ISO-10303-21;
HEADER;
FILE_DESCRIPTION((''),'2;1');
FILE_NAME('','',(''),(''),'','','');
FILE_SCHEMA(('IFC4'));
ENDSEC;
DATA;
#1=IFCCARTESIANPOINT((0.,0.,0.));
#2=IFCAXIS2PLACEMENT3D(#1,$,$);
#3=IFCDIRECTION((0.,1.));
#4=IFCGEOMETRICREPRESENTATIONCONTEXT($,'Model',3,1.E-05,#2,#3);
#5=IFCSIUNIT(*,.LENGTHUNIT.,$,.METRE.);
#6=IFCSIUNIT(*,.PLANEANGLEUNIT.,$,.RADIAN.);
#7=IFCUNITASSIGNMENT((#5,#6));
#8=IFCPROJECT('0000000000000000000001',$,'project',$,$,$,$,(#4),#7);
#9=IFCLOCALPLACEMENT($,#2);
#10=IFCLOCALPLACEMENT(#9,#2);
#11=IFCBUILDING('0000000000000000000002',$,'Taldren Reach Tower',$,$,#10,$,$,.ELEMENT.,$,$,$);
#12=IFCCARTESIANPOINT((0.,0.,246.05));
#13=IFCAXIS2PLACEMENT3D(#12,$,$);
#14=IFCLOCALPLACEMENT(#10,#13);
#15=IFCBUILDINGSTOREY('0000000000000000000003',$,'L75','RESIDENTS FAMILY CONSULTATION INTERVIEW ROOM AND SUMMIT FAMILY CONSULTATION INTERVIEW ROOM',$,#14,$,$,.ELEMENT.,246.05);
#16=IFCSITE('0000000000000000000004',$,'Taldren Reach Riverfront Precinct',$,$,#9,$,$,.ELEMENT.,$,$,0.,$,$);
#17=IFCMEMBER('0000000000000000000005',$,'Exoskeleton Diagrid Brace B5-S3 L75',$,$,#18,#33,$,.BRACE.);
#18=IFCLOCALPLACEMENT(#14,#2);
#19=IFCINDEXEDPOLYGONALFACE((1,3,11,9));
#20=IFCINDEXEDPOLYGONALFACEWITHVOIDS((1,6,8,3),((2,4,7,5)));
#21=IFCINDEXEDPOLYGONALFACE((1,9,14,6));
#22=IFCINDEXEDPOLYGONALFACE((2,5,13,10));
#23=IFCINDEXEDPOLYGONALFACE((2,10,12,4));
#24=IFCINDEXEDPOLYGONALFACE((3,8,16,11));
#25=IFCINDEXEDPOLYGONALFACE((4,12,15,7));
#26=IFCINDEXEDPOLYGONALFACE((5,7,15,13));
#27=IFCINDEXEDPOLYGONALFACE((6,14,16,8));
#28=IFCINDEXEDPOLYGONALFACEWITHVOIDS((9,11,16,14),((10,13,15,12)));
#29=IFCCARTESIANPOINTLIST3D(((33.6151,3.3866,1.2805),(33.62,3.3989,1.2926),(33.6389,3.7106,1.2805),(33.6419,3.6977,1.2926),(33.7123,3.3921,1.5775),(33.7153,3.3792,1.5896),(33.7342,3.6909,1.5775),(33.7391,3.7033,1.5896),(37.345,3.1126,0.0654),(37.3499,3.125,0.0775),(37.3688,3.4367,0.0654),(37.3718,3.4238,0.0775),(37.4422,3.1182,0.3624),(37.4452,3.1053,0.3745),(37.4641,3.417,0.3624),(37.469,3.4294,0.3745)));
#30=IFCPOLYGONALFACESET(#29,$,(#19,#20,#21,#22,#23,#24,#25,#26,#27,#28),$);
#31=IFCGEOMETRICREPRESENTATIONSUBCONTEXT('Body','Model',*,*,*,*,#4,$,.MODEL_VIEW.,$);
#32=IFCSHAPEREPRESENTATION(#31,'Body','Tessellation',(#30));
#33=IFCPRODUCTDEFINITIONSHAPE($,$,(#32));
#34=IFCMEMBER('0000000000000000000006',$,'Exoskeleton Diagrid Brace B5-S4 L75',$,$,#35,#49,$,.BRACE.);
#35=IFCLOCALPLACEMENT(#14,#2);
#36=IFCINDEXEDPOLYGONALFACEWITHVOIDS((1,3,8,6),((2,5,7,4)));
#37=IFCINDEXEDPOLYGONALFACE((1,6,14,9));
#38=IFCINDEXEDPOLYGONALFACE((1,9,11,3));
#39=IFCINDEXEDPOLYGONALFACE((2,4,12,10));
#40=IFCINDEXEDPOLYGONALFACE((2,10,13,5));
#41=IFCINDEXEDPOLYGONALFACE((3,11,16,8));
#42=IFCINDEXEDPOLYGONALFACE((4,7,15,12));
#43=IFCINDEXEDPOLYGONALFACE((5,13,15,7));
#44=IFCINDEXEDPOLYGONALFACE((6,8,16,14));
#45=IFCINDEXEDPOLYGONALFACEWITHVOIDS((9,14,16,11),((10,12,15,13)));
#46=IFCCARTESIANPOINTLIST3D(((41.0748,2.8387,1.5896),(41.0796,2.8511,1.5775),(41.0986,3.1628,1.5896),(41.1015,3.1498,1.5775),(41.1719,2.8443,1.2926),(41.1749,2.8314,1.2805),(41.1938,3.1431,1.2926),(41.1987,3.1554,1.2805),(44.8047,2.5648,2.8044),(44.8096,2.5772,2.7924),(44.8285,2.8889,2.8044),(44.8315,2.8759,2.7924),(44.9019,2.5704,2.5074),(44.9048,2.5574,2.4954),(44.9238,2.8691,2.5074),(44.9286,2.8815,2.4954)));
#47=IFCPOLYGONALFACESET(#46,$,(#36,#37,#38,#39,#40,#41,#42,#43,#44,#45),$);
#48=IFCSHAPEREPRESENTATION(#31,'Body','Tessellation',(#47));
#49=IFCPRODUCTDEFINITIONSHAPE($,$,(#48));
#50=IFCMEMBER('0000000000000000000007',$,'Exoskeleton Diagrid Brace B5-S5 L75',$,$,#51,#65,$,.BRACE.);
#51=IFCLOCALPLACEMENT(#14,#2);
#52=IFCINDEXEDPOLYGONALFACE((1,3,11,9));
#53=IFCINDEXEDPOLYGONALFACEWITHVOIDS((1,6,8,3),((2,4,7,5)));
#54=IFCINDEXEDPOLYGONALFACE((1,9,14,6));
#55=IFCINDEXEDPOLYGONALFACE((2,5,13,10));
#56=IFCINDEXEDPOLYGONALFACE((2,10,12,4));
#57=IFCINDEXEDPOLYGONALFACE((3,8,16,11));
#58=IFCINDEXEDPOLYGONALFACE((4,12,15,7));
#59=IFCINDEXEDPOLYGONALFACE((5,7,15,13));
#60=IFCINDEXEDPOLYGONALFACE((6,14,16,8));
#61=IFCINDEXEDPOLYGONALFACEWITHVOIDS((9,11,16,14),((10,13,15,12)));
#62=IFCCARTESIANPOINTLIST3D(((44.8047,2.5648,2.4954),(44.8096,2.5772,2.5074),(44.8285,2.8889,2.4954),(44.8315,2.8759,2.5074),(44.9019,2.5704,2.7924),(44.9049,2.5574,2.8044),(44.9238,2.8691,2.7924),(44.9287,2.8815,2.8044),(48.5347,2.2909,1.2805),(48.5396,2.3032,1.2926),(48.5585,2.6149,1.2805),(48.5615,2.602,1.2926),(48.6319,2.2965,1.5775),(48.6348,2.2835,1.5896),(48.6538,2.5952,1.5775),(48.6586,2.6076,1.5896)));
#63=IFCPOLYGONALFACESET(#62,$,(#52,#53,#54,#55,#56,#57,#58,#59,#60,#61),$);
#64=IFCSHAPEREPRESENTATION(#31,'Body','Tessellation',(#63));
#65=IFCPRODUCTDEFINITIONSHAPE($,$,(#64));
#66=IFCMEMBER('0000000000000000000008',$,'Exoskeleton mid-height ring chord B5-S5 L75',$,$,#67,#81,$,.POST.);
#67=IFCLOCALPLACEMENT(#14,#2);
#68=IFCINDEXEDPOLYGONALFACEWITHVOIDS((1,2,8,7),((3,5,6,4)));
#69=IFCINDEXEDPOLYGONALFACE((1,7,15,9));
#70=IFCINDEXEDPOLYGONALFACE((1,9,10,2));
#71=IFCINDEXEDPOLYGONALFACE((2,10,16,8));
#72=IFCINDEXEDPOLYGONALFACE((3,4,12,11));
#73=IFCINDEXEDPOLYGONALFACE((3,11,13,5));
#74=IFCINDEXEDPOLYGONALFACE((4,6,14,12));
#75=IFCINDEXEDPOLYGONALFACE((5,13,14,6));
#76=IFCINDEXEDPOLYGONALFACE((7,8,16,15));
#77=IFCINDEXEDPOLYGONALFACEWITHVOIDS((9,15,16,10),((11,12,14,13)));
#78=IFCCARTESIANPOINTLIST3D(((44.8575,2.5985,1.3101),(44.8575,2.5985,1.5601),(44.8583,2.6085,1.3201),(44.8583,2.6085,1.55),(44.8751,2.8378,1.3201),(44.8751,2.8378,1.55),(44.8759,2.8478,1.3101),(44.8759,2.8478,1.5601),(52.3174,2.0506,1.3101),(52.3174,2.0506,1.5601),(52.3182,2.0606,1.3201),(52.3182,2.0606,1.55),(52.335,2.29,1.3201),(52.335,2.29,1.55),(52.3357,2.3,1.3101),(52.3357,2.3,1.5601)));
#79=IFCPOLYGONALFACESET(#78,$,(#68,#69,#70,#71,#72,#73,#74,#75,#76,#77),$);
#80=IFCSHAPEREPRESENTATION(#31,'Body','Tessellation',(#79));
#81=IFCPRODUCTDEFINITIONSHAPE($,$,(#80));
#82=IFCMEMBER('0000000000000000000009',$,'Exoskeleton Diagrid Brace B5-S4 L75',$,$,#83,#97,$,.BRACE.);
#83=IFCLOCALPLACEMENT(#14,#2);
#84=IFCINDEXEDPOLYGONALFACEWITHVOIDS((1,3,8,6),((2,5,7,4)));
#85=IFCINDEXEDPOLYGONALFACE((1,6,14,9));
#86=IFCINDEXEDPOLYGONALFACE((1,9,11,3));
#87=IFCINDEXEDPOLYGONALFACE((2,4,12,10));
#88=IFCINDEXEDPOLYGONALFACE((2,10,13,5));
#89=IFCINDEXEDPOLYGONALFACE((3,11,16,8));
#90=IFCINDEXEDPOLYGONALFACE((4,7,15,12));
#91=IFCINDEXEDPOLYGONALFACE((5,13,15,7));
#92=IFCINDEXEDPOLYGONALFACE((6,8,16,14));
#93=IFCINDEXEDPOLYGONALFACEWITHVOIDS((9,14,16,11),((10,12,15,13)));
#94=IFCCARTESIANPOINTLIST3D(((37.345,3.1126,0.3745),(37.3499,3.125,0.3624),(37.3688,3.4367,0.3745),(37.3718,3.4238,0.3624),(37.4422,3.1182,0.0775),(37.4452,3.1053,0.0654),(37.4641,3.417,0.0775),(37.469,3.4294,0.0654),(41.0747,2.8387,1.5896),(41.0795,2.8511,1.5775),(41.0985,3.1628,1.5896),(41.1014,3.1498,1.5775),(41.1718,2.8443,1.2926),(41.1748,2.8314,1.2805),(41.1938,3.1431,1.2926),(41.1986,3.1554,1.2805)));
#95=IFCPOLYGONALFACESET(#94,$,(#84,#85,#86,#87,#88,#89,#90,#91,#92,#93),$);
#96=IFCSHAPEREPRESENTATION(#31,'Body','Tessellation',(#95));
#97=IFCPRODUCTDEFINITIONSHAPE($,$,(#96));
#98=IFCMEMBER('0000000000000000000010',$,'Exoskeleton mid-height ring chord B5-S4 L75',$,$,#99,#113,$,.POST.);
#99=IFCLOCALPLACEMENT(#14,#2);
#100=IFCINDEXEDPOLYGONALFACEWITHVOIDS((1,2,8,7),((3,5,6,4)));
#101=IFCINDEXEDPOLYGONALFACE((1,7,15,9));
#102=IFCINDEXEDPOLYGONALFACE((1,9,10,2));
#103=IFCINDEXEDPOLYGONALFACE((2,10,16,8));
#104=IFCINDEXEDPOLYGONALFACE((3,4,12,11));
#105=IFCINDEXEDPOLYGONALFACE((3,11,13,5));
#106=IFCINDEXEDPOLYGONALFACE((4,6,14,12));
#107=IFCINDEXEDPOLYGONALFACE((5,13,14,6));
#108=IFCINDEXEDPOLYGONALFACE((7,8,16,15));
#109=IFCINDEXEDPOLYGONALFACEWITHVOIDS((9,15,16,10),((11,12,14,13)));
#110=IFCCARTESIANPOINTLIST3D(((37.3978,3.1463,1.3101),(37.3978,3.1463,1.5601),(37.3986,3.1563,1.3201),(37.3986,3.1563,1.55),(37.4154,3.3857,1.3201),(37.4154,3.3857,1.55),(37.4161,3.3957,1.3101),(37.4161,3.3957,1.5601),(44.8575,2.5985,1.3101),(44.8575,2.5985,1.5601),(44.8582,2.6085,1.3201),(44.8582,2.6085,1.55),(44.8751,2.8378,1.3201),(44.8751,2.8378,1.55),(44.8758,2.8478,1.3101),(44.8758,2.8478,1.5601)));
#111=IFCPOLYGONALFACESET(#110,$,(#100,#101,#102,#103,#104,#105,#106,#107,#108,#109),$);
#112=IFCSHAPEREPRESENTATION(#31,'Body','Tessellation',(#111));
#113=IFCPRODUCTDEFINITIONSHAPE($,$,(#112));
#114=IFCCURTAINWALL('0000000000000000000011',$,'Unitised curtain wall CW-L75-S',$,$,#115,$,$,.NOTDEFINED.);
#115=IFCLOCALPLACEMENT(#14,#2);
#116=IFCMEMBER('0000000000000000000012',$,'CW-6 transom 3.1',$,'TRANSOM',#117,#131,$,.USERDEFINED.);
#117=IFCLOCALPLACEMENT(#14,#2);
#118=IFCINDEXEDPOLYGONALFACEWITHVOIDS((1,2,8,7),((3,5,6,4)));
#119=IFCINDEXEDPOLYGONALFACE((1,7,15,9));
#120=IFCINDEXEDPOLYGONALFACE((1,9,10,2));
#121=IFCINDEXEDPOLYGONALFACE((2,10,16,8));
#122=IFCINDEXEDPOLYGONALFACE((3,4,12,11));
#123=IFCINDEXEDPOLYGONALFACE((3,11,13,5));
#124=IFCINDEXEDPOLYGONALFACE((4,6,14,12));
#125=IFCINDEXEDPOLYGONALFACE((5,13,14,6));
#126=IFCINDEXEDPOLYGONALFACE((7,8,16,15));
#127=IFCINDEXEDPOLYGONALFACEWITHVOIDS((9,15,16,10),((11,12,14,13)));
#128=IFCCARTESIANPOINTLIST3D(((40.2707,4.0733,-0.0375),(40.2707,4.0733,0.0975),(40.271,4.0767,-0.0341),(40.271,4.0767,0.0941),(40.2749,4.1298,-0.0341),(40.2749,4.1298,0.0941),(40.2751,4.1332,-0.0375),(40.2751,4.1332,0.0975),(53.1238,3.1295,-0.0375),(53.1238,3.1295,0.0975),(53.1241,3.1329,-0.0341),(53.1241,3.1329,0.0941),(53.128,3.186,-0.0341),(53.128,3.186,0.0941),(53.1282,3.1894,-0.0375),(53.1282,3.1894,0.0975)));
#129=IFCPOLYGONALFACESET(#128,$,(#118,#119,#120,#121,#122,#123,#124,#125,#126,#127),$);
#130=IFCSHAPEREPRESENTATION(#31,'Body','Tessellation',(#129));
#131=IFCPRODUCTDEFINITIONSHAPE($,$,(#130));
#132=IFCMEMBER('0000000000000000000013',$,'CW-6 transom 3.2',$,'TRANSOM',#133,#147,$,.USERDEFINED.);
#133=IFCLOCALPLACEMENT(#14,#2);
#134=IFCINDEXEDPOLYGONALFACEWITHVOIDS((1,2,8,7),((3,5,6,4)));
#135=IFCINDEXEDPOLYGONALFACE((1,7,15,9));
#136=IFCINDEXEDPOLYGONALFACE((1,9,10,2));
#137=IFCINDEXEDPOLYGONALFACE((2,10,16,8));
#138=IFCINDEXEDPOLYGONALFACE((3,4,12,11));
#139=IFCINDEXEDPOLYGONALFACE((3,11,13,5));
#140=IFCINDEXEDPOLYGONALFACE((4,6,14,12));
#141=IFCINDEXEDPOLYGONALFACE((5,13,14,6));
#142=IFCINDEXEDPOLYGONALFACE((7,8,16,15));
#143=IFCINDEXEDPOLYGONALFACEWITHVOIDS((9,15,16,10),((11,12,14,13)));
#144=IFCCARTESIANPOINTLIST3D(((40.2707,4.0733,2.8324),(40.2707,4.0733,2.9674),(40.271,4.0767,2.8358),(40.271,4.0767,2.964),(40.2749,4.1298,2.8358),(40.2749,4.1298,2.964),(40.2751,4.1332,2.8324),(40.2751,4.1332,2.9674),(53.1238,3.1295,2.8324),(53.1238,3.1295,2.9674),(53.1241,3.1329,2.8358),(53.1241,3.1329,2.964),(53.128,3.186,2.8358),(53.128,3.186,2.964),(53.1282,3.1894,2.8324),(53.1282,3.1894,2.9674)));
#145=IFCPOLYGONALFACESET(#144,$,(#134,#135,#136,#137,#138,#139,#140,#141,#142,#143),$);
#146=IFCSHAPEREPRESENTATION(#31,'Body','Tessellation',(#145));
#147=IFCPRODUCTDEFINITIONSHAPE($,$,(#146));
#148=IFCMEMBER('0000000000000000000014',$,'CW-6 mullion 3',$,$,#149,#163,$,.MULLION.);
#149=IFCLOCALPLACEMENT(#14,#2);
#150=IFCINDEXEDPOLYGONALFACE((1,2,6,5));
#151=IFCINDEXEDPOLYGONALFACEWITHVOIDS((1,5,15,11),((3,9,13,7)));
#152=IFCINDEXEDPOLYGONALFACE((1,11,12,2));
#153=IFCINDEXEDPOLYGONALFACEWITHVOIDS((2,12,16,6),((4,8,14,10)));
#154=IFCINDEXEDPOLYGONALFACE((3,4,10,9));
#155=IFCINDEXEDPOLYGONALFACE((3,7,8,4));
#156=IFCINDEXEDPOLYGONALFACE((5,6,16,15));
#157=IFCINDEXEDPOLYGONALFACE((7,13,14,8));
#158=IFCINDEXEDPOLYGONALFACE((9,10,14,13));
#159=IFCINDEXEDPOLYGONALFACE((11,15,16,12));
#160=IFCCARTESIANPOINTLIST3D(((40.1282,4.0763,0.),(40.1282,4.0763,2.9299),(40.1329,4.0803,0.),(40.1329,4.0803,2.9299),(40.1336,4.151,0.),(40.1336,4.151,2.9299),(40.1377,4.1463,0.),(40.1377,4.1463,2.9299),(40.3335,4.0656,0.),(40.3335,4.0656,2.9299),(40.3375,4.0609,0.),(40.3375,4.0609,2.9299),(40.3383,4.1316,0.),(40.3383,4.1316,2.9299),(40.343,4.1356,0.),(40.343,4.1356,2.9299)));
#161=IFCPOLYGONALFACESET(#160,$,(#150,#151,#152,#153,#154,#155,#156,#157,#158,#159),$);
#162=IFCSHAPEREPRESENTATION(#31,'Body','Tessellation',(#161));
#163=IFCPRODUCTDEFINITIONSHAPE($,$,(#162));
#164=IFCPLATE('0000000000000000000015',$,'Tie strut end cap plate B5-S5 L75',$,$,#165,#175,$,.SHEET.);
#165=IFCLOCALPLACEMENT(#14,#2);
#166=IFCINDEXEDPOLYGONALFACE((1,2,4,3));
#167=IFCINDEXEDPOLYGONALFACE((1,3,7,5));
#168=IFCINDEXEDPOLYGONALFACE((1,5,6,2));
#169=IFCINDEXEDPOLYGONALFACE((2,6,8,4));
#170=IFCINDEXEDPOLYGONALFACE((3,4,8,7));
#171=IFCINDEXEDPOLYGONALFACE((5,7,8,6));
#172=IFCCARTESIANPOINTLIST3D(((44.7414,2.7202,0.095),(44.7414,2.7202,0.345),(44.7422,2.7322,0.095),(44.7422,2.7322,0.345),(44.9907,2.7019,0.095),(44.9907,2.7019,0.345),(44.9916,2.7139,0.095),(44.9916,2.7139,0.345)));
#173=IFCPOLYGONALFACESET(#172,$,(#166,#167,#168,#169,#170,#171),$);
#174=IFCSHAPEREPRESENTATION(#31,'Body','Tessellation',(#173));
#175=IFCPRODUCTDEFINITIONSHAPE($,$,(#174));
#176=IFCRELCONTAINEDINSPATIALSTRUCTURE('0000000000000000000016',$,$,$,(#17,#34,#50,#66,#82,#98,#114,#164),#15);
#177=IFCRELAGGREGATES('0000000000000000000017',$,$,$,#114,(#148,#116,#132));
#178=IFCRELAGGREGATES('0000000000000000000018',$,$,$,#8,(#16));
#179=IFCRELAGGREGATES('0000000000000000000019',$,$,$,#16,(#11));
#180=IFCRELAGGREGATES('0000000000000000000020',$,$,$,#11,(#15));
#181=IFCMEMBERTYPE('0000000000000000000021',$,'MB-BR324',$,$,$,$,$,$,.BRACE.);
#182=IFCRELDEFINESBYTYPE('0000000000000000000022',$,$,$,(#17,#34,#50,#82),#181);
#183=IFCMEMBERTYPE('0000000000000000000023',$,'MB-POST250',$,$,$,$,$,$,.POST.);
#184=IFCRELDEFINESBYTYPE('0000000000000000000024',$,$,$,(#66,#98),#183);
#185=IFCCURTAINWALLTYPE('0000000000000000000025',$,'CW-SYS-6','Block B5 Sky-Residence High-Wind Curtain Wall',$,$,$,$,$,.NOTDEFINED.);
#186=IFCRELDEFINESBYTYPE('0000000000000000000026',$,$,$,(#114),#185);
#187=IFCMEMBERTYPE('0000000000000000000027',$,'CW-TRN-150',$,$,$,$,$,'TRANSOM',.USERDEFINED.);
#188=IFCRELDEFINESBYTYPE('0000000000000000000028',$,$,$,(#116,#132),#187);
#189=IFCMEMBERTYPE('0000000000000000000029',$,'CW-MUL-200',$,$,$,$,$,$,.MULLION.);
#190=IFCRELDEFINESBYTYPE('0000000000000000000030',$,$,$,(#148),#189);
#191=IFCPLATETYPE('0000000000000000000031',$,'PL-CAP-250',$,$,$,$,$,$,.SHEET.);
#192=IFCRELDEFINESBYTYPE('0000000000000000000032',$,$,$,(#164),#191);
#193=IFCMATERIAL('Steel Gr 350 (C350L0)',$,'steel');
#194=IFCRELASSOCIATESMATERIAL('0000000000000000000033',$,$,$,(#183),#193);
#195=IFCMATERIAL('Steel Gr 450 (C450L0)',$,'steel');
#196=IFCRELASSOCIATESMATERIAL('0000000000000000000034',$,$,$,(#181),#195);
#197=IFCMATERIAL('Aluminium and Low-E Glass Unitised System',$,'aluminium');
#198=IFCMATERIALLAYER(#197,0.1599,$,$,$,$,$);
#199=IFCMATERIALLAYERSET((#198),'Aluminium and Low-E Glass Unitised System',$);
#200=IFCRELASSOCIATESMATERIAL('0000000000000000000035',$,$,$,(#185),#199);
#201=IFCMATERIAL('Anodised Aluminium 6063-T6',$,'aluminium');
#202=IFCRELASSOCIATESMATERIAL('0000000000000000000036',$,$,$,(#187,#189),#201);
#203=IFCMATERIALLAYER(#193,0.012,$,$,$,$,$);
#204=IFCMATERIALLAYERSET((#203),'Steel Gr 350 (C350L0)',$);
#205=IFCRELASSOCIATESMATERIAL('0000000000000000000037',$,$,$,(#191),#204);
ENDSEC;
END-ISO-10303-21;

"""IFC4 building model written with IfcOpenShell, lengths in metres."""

from ifc_helpers import new_model, si_unit, direction, frame, origin, origin_2d, place, context, subcontext, project, spatial, rectangle, hollow_rectangle, extrude, source, transform, mapped, material, layer, layer_set, material_profile, profile_set, type_object, element, aggregate, save


model = new_model("IFC4")

# Units and contexts
model_context = context("Model", 3, precision=1e-05, world=origin(), true_north=direction((0.0, 1.0)))
body_context = subcontext(model_context, "Body", "Model", "MODEL_VIEW")
ifc_project = project(units=[si_unit("LENGTHUNIT", "METRE"), si_unit("PLANEANGLEUNIT", "RADIAN")], contexts=[model_context])

# Site, building, storey
site_placement = place(None, origin())
site = spatial("IfcSite", under=ifc_project, at=site_placement, Name="Taldren Reach Riverfront Precinct", CompositionType="ELEMENT", RefElevation=0.0)
building_placement = place(site_placement, origin())
building = spatial("IfcBuilding", under=site, at=building_placement, Name="Taldren Reach Tower", CompositionType="ELEMENT")
storey_placement = place(building_placement, frame((0.0, 0.0, 246.05)))
storey = spatial("IfcBuildingStorey", under=building, at=storey_placement, Name="L75", Description="RESIDENTS FAMILY CONSULTATION INTERVIEW ROOM AND SUMMIT FAMILY CONSULTATION INTERVIEW ROOM", CompositionType="ELEMENT", Elevation=246.05)

# Shared definitions
ifc_material_1 = material(Name="Steel Gr 350 (C350L0)", Category="steel")
ifc_material_profile_1 = material_profile(ifc_material_1, hollow_rectangle(XDim=0.25, YDim=0.25, WallThickness=0.01, at=origin_2d()), Name="250x250x10.0SHS")
ifc_profile_set_1 = profile_set([ifc_material_profile_1], Name="Steel Gr 350 (C350L0)")
member_type_1 = type_object("IfcMemberType", Name="MB-POST250", PredefinedType="POST", material=ifc_profile_set_1)
ifc_material_2 = material(Name="Steel Gr 450 (C450L0)", Category="steel")

# Members
ifc_material_profile_2 = material_profile(ifc_material_2, hollow_rectangle(XDim=0.325, YDim=0.325, WallThickness=0.0127, at=origin_2d()), Name="325x325x12.7SHS")
ifc_profile_set_2 = profile_set([ifc_material_profile_2], Name="Steel Gr 450 (C450L0)")
member_type_2 = type_object("IfcMemberType", Name="MB-BR324", PredefinedType="BRACE", material=ifc_profile_set_2)
shared_shape_1 = source(origin(), body_context, "Body", "SweptSolid", [
    extrude(hollow_rectangle(XDim=0.325, YDim=0.325, WallThickness=0.0127, at=origin_2d()), origin(), (0.0, 0.0, 1.0), 3.9324),
])
for number, where, z_axis, x_axis, name in (
    (1, (37.407, 3.271, 0.22), (-0.948511, 0.069658, 0.308989), (-0.073242, -0.997314, 0.0), "Exoskeleton Diagrid Brace B5-S3 L75"),
    (2, (41.1367, 2.9971, 1.4351), (0.948529, -0.069659, 0.308933), (0.073242, 0.997314, 0.0), "Exoskeleton Diagrid Brace B5-S4 L75"),
    (3, (48.5967, 2.4492, 1.4351), (-0.948529, 0.069659, 0.308933), (-0.073242, -0.997314, 0.0), "Exoskeleton Diagrid Brace B5-S5 L75"),
):
    element("IfcMember", number, at=place(storey_placement, frame(where, z_axis=z_axis, x_axis=x_axis)), inside=storey, type_object=member_type_2, Name=name, PredefinedType="BRACE", context=body_context, shape_type="MappedRepresentation", body=[
        mapped(shared_shape_1, transform((0.0, 0.0, 0.0), scale=1.0)),
    ])
shared_shape_2 = source(origin(), body_context, "Body", "SweptSolid", [
    extrude(hollow_rectangle(XDim=0.25, YDim=0.25, WallThickness=0.01, at=origin_2d()), origin(), (0.0, 0.0, 1.0), 7.48),
])
member_1_placement = place(storey_placement, frame((44.8667, 2.7231, 1.4351), z_axis=(0.997314, -0.073242, 0.0), x_axis=(0.073242, 0.997314, 0.0)))
element("IfcMember", 4, at=member_1_placement, inside=storey, type_object=member_type_1, Name="Exoskeleton mid-height ring chord B5-S5 L75", PredefinedType="POST", context=body_context, shape_type="MappedRepresentation", body=[
    mapped(shared_shape_2, transform((0.0, 0.0, 0.0), scale=1.0)),
])
shared_shape_3 = source(origin(), body_context, "Body", "SweptSolid", [
    extrude(hollow_rectangle(XDim=0.325, YDim=0.325, WallThickness=0.0127, at=origin_2d()), origin(), (0.0, 0.0, 1.0), 3.9321),
])
member_2_placement = place(storey_placement, frame((37.407, 3.271, 0.22), z_axis=(0.948505, -0.069662, 0.309008), x_axis=(0.073246, 0.997314, 0.0)))
element("IfcMember", 5, at=member_2_placement, inside=storey, type_object=member_type_2, Name="Exoskeleton Diagrid Brace B5-S4 L75", PredefinedType="BRACE", context=body_context, shape_type="MappedRepresentation", body=[
    mapped(shared_shape_3, transform((0.0, 0.0, 0.0), scale=1.0)),
])
shared_shape_4 = source(origin(), body_context, "Body", "SweptSolid", [
    extrude(hollow_rectangle(XDim=0.25, YDim=0.25, WallThickness=0.01, at=origin_2d()), origin(), (0.0, 0.0, 1.0), 7.4797),
])
member_3_placement = place(storey_placement, frame((37.407, 3.271, 1.4351), z_axis=(0.997314, -0.073244, 0.0), x_axis=(0.073244, 0.997314, 0.0)))
element("IfcMember", 6, at=member_3_placement, inside=storey, type_object=member_type_1, Name="Exoskeleton mid-height ring chord B5-S4 L75", PredefinedType="POST", context=body_context, shape_type="MappedRepresentation", body=[
    mapped(shared_shape_4, transform((0.0, 0.0, 0.0), scale=1.0)),
])

# Curtain wall, members
ifc_material_3 = material(Name="Aluminium and Low-E Glass Unitised System", Category="aluminium")
ifc_layer_1 = layer(ifc_material_3, 0.1599)
ifc_layer_set_1 = layer_set([ifc_layer_1], Name="Aluminium and Low-E Glass Unitised System")
curtain_wall_type = type_object("IfcCurtainWallType", Name="CW-SYS-6", Description="Block B5 Sky-Residence High-Wind Curtain Wall", PredefinedType="NOTDEFINED", material=ifc_layer_set_1)
curtain_wall_placement = place(storey_placement, origin())
curtain_wall = element("IfcCurtainWall", 7, at=curtain_wall_placement, inside=storey, type_object=curtain_wall_type, Name="Unitised curtain wall CW-L75-S", PredefinedType="NOTDEFINED")
ifc_material_4 = material(Name="Anodised Aluminium 6063-T6", Category="aluminium")
ifc_material_profile_3 = material_profile(ifc_material_4, hollow_rectangle(XDim=0.0601, YDim=0.135, WallThickness=0.0034, at=origin_2d()), Name="ALU-135x60x3.5RHS")
ifc_profile_set_3 = profile_set([ifc_material_profile_3], Name="Anodised Aluminium 6063-T6")
member_type_3 = type_object("IfcMemberType", Name="CW-TRN-150", ElementType="TRANSOM", PredefinedType="USERDEFINED", material=ifc_profile_set_3)
shared_shape_5 = source(origin(), body_context, "Body", "SweptSolid", [
    extrude(hollow_rectangle(XDim=0.0601, YDim=0.135, WallThickness=0.0034, at=origin_2d()), origin(), (0.0, 0.0, 1.0), 12.8877),
])
member_4_placement = place(storey_placement, frame((40.2729, 4.1033, 0.03), z_axis=(0.997315, -0.073237, 0.0), x_axis=(0.073237, 0.997315, 0.0)))
member_4 = element("IfcMember", 8, at=member_4_placement, type_object=member_type_3, Name="CW-6 transom 3.1", ObjectType="TRANSOM", PredefinedType="USERDEFINED", context=body_context, shape_type="MappedRepresentation", body=[
    mapped(shared_shape_5, transform((0.0, 0.0, 0.0), scale=1.0)),
])
member_5_placement = place(storey_placement, frame((40.2729, 4.1033, 2.8999), z_axis=(0.997315, -0.073237, 0.0), x_axis=(0.073237, 0.997315, 0.0)))
member_5 = element("IfcMember", 9, at=member_5_placement, type_object=member_type_3, Name="CW-6 transom 3.2", ObjectType="TRANSOM", PredefinedType="USERDEFINED", context=body_context, shape_type="MappedRepresentation", body=[
    mapped(shared_shape_5, transform((0.0, 0.0, 0.0), scale=1.0)),
])
ifc_material_profile_4 = material_profile(ifc_material_4, hollow_rectangle(XDim=0.075, YDim=0.21, WallThickness=0.0044, at=origin_2d()), Name="ALU-210x75x4.5RHS")
ifc_profile_set_4 = profile_set([ifc_material_profile_4], Name="Anodised Aluminium 6063-T6")
member_type_4 = type_object("IfcMemberType", Name="CW-MUL-200", PredefinedType="MULLION", material=ifc_profile_set_4)
shared_shape_6 = source(origin(), body_context, "Body", "SweptSolid", [
    extrude(hollow_rectangle(XDim=0.075, YDim=0.21, WallThickness=0.0044, at=origin_2d()), origin(), (0.0, 0.0, 1.0), 2.9299),
])
member_6_placement = place(storey_placement, frame((40.2356, 4.106, 0.0), z_axis=(0.0, 0.0, 1.0), x_axis=(0.073238, 0.997314, 0.0)))
member_6 = element("IfcMember", 10, at=member_6_placement, type_object=member_type_4, Name="CW-6 mullion 3", PredefinedType="MULLION", context=body_context, shape_type="MappedRepresentation", body=[
    mapped(shared_shape_6, transform((0.0, 0.0, 0.0), scale=1.0)),
])

# Plate
ifc_layer_2 = layer(ifc_material_1, 0.012)
ifc_layer_set_2 = layer_set([ifc_layer_2], Name="Steel Gr 350 (C350L0)")
plate_type_1 = type_object("IfcPlateType", Name="PL-CAP-250", PredefinedType="SHEET", material=ifc_layer_set_2)
shared_shape_7 = source(origin(), body_context, "Body", "SweptSolid", [
    extrude(rectangle(XDim=0.25, YDim=0.012, at=origin_2d()), origin(), (0.0, 0.0, 1.0), 0.25),
])
plate_1_placement = place(storey_placement, frame((44.8665, 2.717, 0.095), z_axis=(0.0, 0.0, 1.0), x_axis=(0.997314, -0.073238, 0.0)))
element("IfcPlate", 11, at=plate_1_placement, inside=storey, type_object=plate_type_1, Name="Tie strut end cap plate B5-S5 L75", PredefinedType="SHEET", context=body_context, shape_type="MappedRepresentation", body=[
    mapped(shared_shape_7, transform((0.0, 0.0, 0.0), scale=1.0)),
])

aggregate(curtain_wall, [member_6, member_4, member_5])

save(model, "model.ifc")
